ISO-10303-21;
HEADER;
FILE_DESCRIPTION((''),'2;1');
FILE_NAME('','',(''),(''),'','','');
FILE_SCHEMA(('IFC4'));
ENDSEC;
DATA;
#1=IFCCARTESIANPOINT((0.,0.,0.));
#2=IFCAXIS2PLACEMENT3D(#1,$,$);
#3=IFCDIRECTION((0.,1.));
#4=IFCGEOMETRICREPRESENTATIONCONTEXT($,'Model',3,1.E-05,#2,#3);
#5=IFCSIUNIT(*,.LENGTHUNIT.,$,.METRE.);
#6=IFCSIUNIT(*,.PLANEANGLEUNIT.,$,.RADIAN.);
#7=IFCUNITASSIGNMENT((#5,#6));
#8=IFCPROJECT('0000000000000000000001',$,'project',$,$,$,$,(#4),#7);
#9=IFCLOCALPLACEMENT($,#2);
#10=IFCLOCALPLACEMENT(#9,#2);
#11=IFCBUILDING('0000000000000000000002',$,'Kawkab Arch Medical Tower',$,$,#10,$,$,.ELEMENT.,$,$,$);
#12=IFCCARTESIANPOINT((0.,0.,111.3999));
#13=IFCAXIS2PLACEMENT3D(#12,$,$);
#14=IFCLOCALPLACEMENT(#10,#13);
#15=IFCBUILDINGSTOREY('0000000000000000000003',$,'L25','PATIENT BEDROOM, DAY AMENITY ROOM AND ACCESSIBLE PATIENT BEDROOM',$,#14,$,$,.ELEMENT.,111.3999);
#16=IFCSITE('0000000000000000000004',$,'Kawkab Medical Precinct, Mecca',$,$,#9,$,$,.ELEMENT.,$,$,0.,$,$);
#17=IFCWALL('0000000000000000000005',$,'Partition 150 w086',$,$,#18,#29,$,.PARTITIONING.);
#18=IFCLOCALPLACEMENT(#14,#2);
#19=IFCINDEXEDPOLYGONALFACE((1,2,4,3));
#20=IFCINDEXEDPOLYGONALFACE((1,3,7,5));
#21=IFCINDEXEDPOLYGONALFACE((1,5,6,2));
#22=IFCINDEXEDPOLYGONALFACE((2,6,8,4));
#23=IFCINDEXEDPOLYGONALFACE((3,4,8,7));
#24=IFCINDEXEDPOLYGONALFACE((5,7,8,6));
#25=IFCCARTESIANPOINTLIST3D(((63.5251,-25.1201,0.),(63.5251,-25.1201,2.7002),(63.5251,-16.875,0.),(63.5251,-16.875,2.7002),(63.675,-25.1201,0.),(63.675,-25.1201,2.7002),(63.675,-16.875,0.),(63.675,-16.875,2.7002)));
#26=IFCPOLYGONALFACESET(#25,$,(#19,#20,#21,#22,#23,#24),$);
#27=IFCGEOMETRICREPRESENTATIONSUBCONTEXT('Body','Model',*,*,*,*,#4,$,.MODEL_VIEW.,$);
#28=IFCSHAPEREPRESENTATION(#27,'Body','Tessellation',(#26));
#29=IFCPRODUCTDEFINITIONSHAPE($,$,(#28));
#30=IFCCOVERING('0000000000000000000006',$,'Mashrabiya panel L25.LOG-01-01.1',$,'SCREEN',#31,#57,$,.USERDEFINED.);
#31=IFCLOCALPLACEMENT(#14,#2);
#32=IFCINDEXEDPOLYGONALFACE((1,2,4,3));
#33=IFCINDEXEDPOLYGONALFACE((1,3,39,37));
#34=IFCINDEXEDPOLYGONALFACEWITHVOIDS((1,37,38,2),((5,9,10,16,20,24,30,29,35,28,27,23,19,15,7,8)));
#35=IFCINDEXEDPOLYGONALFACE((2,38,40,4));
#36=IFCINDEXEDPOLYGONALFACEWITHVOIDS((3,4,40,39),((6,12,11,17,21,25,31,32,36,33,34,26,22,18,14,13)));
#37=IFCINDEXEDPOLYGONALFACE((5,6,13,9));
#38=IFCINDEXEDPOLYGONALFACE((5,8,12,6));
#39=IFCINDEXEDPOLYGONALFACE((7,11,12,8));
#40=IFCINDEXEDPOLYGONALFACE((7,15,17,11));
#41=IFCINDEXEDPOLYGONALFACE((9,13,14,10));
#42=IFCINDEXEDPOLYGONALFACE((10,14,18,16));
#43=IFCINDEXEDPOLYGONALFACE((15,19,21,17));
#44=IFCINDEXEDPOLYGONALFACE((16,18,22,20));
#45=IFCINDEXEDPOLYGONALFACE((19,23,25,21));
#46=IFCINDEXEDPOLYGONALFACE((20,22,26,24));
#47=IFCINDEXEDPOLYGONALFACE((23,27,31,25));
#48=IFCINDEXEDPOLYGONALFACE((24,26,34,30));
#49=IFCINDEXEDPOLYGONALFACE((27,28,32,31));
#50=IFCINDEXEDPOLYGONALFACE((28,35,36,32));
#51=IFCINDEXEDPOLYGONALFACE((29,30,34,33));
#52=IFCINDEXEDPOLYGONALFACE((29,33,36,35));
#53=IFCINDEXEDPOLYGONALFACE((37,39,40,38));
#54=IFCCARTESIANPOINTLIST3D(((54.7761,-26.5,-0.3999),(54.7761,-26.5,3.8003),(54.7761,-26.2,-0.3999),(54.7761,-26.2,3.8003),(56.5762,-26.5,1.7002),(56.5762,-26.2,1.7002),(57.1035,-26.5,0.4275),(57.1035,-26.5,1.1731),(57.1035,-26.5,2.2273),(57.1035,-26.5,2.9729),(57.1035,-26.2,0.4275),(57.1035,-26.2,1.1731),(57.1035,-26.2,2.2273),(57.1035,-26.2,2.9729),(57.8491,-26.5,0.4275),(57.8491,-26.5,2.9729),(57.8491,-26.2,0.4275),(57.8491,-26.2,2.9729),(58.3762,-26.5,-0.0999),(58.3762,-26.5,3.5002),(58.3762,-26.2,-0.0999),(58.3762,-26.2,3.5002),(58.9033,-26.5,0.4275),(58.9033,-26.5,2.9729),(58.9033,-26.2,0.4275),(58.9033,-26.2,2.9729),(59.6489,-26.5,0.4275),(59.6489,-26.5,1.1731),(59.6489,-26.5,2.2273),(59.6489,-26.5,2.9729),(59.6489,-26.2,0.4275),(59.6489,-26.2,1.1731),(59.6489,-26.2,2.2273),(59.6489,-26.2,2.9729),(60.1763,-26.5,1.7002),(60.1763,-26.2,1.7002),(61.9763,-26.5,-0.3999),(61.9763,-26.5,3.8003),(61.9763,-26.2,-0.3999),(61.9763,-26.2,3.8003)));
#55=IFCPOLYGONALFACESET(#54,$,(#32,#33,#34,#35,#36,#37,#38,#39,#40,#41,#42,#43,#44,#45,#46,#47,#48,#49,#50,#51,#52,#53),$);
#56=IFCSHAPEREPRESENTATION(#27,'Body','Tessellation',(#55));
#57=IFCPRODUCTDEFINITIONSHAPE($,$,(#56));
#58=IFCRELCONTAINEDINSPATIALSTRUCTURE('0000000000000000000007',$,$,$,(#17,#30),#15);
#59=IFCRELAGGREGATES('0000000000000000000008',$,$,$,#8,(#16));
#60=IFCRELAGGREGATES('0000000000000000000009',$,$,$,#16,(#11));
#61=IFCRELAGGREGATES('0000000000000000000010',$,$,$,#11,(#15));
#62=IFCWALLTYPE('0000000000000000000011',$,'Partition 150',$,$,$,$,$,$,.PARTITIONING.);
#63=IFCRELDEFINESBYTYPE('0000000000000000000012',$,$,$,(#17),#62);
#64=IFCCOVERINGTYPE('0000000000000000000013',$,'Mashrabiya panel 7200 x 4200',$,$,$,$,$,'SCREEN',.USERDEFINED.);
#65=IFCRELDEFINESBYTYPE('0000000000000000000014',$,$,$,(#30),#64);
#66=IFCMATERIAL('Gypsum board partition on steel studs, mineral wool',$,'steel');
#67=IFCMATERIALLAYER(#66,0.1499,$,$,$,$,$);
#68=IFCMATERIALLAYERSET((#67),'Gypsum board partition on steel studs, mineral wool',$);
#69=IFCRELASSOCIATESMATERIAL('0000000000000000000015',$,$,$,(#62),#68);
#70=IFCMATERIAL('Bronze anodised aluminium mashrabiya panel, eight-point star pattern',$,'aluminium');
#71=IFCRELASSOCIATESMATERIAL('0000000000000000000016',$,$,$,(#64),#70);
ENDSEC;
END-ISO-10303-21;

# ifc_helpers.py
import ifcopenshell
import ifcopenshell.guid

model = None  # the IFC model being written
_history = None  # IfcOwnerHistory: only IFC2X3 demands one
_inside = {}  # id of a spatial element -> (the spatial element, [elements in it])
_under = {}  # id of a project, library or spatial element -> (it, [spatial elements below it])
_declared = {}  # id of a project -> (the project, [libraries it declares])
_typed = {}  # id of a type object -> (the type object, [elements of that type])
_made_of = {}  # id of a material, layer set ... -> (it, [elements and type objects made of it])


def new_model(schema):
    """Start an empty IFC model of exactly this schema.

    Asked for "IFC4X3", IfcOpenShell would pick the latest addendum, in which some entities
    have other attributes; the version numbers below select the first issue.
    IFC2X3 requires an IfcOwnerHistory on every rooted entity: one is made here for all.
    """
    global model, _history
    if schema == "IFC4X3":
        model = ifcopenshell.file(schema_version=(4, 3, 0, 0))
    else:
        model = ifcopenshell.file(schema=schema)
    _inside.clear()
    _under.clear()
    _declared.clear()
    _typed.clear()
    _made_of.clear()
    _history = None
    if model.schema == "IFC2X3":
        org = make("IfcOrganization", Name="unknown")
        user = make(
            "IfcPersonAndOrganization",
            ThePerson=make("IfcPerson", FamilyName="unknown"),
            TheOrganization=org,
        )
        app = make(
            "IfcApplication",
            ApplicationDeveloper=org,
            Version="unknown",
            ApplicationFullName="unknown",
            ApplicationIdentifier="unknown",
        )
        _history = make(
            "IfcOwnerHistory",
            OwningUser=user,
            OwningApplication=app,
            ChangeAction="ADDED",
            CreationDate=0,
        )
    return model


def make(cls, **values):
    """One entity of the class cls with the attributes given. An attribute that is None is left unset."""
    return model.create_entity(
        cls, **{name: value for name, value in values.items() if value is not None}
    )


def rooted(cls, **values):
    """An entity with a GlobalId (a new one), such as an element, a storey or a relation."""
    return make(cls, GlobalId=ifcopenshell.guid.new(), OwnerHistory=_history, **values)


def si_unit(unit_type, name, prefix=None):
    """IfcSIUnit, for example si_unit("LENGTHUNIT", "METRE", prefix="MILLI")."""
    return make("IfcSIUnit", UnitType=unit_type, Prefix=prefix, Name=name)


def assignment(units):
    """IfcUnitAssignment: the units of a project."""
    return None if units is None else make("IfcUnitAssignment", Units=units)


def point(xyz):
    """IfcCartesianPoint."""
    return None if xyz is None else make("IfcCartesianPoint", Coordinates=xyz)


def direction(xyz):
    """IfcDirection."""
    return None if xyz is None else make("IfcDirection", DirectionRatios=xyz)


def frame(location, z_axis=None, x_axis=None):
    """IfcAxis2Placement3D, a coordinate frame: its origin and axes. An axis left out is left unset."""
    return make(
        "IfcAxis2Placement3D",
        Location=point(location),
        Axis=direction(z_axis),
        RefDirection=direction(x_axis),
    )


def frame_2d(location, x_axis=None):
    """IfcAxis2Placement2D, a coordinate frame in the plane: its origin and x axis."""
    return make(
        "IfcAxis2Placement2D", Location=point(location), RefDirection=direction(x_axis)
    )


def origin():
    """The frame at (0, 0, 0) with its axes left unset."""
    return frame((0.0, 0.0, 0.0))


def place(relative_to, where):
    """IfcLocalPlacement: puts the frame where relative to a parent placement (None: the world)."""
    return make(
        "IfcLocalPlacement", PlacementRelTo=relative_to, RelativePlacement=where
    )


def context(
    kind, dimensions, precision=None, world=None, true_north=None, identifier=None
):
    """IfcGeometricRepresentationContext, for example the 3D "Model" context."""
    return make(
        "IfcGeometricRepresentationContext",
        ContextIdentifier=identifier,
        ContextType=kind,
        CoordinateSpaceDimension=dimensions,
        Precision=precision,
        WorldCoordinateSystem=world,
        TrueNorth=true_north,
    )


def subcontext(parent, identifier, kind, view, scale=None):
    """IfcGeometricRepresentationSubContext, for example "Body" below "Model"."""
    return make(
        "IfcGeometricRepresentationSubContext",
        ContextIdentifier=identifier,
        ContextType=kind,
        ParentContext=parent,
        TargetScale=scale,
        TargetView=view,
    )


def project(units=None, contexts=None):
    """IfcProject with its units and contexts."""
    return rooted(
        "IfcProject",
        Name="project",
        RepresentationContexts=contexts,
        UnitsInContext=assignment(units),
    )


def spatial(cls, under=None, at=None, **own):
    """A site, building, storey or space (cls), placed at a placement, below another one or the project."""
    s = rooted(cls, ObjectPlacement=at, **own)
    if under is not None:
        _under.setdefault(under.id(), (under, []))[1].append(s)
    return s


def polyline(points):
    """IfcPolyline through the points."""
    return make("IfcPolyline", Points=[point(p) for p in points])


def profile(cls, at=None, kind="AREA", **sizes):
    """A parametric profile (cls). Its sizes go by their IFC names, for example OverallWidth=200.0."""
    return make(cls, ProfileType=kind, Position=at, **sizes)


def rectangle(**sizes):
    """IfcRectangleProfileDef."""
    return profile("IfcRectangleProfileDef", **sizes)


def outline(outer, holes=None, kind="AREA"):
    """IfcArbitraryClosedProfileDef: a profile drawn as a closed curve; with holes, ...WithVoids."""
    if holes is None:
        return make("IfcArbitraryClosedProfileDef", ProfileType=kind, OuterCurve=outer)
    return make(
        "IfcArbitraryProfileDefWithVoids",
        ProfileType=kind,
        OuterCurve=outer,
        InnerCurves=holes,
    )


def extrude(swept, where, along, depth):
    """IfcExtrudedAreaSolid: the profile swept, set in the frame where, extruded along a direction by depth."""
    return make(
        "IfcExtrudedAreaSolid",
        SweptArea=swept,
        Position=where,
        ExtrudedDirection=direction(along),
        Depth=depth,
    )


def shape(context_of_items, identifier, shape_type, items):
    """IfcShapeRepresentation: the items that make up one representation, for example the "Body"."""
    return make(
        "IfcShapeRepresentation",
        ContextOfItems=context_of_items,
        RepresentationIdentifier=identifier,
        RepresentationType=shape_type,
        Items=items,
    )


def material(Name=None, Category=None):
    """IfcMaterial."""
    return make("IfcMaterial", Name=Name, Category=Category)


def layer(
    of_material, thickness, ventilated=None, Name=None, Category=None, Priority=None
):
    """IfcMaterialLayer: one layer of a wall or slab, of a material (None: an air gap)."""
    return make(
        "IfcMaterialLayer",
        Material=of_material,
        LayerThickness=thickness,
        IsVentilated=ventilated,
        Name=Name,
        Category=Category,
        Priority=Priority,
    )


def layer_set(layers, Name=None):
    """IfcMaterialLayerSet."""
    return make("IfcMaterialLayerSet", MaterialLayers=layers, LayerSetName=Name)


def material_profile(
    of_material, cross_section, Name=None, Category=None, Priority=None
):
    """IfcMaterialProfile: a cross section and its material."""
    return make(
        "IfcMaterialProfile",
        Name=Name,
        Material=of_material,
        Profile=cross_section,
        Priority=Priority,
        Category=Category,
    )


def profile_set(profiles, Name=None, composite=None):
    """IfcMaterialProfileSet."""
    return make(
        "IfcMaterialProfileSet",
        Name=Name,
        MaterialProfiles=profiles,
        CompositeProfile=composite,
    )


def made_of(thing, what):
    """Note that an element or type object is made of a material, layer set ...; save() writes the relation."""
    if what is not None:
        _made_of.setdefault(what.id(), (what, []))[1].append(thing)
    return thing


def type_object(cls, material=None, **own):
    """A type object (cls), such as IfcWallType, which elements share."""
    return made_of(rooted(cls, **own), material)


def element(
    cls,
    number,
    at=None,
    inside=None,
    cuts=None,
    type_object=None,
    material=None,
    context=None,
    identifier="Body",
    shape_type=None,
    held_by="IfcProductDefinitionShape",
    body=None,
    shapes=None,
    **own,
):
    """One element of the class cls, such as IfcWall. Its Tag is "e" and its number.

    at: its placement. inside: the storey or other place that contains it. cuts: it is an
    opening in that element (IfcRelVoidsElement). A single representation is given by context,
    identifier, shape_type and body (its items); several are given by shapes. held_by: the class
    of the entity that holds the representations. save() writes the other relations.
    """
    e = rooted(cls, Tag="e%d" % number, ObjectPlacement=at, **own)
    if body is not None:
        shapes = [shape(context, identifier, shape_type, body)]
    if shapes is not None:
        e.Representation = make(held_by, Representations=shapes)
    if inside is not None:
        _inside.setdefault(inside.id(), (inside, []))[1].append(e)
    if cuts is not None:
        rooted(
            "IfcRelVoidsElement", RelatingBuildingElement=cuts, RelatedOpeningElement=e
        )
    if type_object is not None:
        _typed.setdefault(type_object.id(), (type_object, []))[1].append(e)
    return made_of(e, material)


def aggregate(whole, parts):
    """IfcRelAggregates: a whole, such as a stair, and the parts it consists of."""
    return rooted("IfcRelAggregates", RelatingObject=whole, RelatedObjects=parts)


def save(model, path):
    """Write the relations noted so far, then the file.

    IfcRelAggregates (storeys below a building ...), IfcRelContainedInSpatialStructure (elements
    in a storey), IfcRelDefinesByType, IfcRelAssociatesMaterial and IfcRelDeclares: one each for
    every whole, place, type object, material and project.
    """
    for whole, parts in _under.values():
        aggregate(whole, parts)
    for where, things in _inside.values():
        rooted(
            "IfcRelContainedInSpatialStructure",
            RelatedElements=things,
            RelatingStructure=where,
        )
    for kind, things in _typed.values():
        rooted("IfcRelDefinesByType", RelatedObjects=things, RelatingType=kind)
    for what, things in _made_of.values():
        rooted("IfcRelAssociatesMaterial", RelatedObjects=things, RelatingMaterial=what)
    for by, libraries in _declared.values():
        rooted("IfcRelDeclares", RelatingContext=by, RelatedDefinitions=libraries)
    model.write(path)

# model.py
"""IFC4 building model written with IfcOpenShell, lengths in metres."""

from ifc_helpers import new_model, si_unit, direction, frame, frame_2d, origin, place, context, subcontext, project, spatial, polyline, rectangle, outline, extrude, material, layer, layer_set, material_profile, profile_set, type_object, element, save


model = new_model("IFC4")

# Units and contexts
model_context = context("Model", 3, precision=1e-05, world=origin(), true_north=direction((0.0, 1.0)))
body_context = subcontext(model_context, "Body", "Model", "MODEL_VIEW")
ifc_project = project(units=[si_unit("LENGTHUNIT", "METRE"), si_unit("PLANEANGLEUNIT", "RADIAN")], contexts=[model_context])

# Site, building, storey
site_placement = place(None, origin())
site = spatial("IfcSite", under=ifc_project, at=site_placement, Name="Kawkab Medical Precinct, Mecca", CompositionType="ELEMENT", RefElevation=0.0)
building_placement = place(site_placement, origin())
building = spatial("IfcBuilding", under=site, at=building_placement, Name="Kawkab Arch Medical Tower", CompositionType="ELEMENT")
storey_placement = place(building_placement, frame((0.0, 0.0, 111.3999)))
storey = spatial("IfcBuildingStorey", under=building, at=storey_placement, Name="L25", Description="PATIENT BEDROOM, DAY AMENITY ROOM AND ACCESSIBLE PATIENT BEDROOM", CompositionType="ELEMENT", Elevation=111.3999)

# Wall
ifc_material_1 = material(Name="Gypsum board partition on steel studs, mineral wool", Category="steel")
ifc_layer_1 = layer(ifc_material_1, 0.1499)
ifc_layer_set_1 = layer_set([ifc_layer_1], Name="Gypsum board partition on steel studs, mineral wool")
wall_type_1 = type_object("IfcWallType", Name="Partition 150", PredefinedType="PARTITIONING", material=ifc_layer_set_1)
wall_1_placement = place(storey_placement, frame((63.6001, -25.1201, 0.0), z_axis=(0.0, 0.0, 1.0), x_axis=(0.0, 1.0, 0.0)))
element("IfcWall", 1, at=wall_1_placement, inside=storey, type_object=wall_type_1, Name="Partition 150 w086", PredefinedType="PARTITIONING", context=body_context, shape_type="SweptSolid", body=[
    extrude(rectangle(XDim=8.2451, YDim=0.1499, at=frame_2d((4.1226, 0.0))), origin(), (0.0, 0.0, 1.0), 2.7002),
])

# Covering
ifc_material_2 = material(Name="Bronze anodised aluminium mashrabiya panel, eight-point star pattern", Category="aluminium")
ifc_material_profile_1 = material_profile(ifc_material_2, outline(polyline([(-3.6001, -2.1001), (3.6001, -2.1001), (3.6001, 2.1001), (-3.6001, 2.1001), (-3.6001, -2.1001)]), holes=[polyline([(1.8, 0.0), (1.2727, 0.5271), (1.2727, 1.2727), (0.5271, 1.2727), (0.0, 1.8), (-0.5271, 1.2727), (-1.2727, 1.2727), (-1.2727, 0.5271), (-1.8, 0.0), (-1.2727, -0.5271), (-1.2727, -1.2727), (-0.5271, -1.2727), (0.0, -1.8), (0.5271, -1.2727), (1.2727, -1.2727), (1.2727, -0.5271), (1.8, 0.0)])]), Name="Mashrabiya panel 7200x4200")
ifc_profile_set_1 = profile_set([ifc_material_profile_1], Name="Bronze anodised aluminium mashrabiya panel, eight-point star pattern")
covering_type = type_object("IfcCoveringType", Name="Mashrabiya panel 7200 x 4200", ElementType="SCREEN", PredefinedType="USERDEFINED", material=ifc_profile_set_1)
covering_placement = place(storey_placement, frame((58.3762, -26.2, 1.7002), z_axis=(0.0, -1.0, 0.0), x_axis=(1.0, 0.0, 0.0)))
element("IfcCovering", 2, at=covering_placement, inside=storey, type_object=covering_type, Name="Mashrabiya panel L25.LOG-01-01.1", ObjectType="SCREEN", PredefinedType="USERDEFINED", context=body_context, shape_type="SweptSolid", body=[
    extrude(outline(polyline([(-3.6001, -2.1001), (3.6001, -2.1001), (3.6001, 2.1001), (-3.6001, 2.1001), (-3.6001, -2.1001)]), holes=[polyline([(1.8, 0.0), (1.2727, 0.5271), (1.2727, 1.2727), (0.5271, 1.2727), (0.0, 1.8), (-0.5271, 1.2727), (-1.2727, 1.2727), (-1.2727, 0.5271), (-1.8, 0.0), (-1.2727, -0.5271), (-1.2727, -1.2727), (-0.5271, -1.2727), (0.0, -1.8), (0.5271, -1.2727), (1.2727, -1.2727), (1.2727, -0.5271), (1.8, 0.0)])]), origin(), (0.0, 0.0, 1.0), 0.3),
])

save(model, "model.ifc")
